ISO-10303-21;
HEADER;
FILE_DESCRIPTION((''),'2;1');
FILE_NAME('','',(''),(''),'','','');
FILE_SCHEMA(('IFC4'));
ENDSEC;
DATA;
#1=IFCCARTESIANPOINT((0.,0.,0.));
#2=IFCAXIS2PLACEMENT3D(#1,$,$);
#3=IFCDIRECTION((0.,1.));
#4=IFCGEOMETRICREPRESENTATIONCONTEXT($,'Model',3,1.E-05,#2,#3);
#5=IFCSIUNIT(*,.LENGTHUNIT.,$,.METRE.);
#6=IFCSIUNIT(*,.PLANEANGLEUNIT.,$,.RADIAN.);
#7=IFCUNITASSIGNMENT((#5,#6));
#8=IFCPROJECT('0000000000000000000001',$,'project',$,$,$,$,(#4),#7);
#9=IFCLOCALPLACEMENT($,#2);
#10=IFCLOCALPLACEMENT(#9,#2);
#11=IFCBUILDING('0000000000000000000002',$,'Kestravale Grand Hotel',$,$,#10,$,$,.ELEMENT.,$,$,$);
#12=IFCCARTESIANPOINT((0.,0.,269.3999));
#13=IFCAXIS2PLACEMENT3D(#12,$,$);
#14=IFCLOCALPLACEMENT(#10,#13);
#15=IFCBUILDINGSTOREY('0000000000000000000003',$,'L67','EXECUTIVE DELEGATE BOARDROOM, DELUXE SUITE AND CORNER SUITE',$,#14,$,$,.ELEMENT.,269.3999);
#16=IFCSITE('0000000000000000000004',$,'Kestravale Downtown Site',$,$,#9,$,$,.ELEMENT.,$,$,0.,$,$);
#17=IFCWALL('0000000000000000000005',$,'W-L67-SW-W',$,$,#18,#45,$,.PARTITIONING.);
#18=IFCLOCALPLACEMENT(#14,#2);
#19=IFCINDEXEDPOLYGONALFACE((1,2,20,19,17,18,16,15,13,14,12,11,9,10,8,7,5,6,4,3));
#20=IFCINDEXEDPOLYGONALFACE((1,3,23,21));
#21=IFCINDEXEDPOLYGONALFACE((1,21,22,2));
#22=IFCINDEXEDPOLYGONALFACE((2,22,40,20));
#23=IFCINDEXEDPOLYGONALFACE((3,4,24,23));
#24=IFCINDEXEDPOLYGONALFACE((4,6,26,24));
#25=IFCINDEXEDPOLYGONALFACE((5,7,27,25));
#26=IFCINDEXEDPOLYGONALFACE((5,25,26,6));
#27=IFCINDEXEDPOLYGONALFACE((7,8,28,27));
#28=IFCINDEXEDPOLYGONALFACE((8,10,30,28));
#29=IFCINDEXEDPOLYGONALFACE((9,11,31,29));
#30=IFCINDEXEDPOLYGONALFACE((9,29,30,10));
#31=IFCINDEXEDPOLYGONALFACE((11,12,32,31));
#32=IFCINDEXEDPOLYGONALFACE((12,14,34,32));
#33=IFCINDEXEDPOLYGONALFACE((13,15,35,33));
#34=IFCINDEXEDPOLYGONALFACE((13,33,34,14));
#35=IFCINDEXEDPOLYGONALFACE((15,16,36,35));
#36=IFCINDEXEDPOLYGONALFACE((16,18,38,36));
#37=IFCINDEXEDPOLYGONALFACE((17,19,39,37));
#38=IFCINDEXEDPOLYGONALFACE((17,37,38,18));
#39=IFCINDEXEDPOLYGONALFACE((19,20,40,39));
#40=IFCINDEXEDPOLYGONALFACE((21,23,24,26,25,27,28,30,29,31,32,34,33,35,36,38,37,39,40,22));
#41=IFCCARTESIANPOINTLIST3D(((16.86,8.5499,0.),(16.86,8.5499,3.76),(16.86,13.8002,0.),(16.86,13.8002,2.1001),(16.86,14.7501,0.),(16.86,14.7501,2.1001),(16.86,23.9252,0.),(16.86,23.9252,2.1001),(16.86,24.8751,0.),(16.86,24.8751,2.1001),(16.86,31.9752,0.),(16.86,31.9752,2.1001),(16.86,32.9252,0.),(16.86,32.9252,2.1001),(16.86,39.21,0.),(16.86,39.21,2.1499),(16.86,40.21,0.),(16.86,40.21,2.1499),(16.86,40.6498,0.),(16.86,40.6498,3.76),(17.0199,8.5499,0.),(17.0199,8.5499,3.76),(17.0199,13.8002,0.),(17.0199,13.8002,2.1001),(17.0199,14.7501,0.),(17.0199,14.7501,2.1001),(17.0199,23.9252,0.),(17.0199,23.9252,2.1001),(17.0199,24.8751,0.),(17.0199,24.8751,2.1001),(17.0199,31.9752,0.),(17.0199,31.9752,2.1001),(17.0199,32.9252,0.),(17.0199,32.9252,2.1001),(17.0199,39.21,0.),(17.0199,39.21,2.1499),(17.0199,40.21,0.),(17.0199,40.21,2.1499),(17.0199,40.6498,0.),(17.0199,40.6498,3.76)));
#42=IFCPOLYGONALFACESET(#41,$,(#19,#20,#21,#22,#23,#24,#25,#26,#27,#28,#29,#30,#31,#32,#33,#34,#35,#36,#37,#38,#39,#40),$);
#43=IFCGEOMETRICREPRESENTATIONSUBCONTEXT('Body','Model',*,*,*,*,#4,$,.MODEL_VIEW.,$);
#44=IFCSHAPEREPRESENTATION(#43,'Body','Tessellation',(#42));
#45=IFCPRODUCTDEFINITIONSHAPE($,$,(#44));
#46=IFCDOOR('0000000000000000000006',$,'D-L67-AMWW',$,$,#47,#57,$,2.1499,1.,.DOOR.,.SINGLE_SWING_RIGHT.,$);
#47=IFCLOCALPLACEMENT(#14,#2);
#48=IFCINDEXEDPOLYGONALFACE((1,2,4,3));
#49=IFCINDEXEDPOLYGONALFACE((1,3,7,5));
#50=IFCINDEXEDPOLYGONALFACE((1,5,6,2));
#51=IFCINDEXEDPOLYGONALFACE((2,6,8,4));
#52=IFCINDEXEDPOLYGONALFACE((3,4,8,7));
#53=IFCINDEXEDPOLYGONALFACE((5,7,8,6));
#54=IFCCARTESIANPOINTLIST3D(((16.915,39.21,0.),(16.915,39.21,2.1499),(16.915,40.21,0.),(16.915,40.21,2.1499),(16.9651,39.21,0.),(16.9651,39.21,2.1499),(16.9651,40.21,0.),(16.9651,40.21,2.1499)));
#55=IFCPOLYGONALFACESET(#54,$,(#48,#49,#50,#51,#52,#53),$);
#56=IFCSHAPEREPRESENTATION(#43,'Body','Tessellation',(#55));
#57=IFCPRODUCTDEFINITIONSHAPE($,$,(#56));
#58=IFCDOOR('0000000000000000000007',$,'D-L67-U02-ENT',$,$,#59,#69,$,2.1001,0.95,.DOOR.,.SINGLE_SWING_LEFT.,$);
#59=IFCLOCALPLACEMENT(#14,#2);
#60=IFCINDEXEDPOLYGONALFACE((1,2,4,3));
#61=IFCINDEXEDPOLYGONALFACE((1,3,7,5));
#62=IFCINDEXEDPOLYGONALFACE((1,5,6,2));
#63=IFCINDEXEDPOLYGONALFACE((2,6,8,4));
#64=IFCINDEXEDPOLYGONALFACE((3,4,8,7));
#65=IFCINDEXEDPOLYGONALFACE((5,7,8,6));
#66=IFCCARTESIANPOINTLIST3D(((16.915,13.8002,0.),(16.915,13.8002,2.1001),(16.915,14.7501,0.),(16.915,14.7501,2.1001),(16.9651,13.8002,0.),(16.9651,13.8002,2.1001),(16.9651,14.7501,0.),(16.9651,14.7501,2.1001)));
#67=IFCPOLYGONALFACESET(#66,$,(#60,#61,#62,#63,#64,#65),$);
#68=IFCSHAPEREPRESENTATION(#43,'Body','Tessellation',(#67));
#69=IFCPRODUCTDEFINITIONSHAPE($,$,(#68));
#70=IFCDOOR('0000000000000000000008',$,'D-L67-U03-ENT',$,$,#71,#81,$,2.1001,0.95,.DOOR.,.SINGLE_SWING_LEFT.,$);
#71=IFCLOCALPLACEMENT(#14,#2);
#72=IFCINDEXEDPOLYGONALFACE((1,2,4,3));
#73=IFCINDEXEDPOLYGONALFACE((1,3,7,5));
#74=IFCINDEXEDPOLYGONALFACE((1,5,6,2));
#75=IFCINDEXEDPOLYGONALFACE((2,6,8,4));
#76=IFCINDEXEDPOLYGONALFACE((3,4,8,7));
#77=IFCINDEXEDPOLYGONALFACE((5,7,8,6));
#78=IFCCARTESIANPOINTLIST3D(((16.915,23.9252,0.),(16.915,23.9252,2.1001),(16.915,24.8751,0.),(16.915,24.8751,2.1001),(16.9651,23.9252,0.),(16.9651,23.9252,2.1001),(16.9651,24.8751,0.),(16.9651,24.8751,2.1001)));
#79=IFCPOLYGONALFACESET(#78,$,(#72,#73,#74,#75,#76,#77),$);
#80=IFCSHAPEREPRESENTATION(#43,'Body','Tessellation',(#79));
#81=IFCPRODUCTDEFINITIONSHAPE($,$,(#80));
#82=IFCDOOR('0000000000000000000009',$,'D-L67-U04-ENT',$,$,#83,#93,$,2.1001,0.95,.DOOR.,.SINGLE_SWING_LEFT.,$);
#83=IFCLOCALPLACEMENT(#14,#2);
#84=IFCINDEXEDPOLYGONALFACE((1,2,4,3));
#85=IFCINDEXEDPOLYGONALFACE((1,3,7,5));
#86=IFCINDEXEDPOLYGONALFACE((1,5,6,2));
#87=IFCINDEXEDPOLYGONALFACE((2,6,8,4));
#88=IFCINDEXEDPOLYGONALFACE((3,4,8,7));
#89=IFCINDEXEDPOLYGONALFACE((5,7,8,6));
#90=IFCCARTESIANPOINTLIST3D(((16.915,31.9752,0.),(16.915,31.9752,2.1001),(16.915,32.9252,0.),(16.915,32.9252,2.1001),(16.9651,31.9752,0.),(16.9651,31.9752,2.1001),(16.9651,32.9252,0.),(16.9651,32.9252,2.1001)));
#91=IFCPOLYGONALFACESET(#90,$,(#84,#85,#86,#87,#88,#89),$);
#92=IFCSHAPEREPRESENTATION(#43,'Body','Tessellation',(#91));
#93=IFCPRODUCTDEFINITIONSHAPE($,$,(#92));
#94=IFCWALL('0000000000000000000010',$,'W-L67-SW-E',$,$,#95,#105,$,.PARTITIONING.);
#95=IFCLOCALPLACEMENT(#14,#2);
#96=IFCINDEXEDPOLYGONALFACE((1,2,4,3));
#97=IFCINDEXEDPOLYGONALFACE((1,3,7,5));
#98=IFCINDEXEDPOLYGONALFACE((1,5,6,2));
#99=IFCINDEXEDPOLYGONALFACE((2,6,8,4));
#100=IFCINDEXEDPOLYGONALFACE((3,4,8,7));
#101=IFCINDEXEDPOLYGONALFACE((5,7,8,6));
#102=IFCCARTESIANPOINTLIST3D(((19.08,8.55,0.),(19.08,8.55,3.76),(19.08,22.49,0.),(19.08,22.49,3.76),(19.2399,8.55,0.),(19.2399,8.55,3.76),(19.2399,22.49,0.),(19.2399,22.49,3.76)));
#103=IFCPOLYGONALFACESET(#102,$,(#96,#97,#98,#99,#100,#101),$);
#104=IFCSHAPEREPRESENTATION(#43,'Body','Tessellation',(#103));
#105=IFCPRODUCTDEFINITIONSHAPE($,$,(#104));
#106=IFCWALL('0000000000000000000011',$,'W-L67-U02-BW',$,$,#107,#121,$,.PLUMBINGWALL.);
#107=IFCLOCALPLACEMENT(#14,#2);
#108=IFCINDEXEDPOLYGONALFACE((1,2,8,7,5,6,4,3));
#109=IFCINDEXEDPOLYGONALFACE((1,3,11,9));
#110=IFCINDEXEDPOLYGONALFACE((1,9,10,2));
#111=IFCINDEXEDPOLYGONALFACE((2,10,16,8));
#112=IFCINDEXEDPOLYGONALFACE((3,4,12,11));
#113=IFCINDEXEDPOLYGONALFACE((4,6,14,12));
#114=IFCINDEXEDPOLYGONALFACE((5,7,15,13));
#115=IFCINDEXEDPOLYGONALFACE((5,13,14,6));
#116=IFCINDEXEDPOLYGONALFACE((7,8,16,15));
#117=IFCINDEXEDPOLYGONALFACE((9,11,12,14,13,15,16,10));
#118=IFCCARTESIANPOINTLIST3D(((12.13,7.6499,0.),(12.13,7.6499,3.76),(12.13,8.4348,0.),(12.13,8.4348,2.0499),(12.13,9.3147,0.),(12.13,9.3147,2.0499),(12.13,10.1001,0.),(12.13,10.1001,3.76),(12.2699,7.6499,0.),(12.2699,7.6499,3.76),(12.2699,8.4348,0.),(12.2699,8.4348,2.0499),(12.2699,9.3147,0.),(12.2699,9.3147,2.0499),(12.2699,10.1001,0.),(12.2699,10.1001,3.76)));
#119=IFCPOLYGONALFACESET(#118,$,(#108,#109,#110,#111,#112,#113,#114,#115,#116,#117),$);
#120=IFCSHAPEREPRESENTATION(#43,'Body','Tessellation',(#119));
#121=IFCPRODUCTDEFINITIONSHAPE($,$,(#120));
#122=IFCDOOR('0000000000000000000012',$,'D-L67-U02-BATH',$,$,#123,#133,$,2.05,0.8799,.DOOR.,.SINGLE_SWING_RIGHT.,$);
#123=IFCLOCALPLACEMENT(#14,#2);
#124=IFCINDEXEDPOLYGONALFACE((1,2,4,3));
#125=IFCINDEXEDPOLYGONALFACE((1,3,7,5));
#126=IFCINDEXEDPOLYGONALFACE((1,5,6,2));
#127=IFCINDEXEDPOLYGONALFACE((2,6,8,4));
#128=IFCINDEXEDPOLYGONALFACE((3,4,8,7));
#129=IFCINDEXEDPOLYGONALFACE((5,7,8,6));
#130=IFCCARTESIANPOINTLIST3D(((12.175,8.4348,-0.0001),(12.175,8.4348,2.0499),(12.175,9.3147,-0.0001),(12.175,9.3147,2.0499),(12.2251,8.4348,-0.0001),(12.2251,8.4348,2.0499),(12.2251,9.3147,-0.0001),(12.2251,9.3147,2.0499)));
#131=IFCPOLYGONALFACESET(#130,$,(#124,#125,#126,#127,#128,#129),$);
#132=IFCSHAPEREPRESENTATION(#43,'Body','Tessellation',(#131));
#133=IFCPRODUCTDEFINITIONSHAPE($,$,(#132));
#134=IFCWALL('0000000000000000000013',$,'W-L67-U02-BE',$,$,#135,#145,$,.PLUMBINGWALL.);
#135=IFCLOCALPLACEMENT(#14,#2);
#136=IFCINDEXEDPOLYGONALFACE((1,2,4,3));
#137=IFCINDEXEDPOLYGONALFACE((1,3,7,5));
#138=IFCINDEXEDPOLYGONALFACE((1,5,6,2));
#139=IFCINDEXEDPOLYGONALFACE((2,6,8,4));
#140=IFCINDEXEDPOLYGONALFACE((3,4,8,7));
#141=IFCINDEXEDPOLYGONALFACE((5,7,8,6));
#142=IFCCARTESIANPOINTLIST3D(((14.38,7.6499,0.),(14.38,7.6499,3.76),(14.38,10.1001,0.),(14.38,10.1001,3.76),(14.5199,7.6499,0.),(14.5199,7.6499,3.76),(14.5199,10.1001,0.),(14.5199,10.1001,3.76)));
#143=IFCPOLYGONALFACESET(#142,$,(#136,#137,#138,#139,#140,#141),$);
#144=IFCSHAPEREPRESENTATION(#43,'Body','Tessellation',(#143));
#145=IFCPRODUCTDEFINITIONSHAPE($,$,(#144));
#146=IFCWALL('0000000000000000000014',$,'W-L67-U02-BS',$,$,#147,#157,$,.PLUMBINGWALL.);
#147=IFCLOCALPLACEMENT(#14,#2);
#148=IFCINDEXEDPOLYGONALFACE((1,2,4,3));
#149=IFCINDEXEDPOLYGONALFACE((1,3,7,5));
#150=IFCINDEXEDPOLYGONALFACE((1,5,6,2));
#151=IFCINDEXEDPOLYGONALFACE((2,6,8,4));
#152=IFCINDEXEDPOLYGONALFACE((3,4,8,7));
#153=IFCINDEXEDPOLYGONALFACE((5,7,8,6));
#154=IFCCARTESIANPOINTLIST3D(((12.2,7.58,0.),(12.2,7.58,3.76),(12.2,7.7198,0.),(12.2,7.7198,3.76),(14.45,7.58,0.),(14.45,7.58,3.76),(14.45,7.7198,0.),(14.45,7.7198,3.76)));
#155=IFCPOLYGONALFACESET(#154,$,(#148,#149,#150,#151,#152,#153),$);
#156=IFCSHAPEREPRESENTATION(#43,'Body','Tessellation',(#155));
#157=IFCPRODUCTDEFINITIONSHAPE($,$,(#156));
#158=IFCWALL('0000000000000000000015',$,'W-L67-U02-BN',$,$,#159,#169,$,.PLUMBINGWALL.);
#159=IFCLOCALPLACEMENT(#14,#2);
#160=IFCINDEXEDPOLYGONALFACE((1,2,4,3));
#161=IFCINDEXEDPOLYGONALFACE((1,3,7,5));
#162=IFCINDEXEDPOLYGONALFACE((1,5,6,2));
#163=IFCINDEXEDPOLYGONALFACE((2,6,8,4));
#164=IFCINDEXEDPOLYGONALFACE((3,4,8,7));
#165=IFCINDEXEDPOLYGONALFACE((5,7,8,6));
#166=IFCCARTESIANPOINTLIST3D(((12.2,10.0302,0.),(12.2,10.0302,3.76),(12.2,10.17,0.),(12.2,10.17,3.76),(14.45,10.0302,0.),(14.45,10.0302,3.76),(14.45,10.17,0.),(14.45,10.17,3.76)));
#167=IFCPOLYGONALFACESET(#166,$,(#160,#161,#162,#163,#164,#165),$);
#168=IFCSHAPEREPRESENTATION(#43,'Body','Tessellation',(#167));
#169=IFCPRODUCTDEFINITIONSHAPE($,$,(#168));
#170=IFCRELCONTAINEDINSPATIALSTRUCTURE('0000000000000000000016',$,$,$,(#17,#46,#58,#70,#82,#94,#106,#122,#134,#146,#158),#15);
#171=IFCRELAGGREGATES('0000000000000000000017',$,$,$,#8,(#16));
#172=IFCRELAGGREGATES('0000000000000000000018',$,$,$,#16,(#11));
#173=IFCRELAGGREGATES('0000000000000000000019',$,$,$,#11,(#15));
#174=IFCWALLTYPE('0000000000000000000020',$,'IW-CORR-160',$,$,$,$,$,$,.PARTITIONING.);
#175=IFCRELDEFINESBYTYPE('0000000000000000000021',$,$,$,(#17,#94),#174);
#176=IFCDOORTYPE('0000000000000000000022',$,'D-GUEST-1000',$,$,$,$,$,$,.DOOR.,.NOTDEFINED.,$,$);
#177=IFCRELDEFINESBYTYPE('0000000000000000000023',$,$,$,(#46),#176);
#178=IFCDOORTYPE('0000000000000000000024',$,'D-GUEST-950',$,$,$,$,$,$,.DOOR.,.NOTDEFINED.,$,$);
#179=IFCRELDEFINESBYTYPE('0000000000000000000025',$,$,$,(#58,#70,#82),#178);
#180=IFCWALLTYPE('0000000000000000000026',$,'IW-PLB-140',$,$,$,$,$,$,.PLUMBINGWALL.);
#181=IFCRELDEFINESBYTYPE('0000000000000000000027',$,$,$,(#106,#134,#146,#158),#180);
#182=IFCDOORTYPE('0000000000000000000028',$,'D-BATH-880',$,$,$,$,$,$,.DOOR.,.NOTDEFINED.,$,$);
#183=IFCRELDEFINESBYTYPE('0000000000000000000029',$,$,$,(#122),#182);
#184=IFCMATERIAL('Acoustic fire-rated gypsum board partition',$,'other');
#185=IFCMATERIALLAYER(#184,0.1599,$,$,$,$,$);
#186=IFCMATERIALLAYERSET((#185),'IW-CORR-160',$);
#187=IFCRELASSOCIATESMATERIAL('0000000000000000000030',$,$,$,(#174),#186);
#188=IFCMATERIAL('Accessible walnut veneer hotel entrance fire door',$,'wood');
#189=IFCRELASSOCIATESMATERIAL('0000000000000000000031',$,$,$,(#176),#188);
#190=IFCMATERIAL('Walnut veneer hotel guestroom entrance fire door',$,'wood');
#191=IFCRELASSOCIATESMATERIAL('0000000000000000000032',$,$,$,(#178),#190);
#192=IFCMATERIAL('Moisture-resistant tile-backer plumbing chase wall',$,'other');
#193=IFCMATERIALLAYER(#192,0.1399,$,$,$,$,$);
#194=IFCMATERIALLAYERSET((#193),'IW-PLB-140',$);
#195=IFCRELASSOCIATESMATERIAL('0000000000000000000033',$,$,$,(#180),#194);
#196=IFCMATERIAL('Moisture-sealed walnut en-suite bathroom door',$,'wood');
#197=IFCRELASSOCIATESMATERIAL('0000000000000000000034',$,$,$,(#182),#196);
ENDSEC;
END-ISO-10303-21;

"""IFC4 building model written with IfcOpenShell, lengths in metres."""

from ifc_helpers import new_model, si_unit, direction, frame, frame_2d, origin, place, context, subcontext, project, spatial, rectangle, extrude, material, layer, layer_set, type_object, element, fill, save


model = new_model("IFC4")

# Units and contexts
model_context = context("Model", 3, precision=1e-05, world=origin(), true_north=direction((0.0, 1.0)))
body_context = subcontext(model_context, "Body", "Model", "MODEL_VIEW")
ifc_project = project(units=[si_unit("LENGTHUNIT", "METRE"), si_unit("PLANEANGLEUNIT", "RADIAN")], contexts=[model_context])

# Site, building, storey
site_placement = place(None, origin())
site = spatial("IfcSite", under=ifc_project, at=site_placement, Name="Kestravale Downtown Site", CompositionType="ELEMENT", RefElevation=0.0)
building_placement = place(site_placement, origin())
building = spatial("IfcBuilding", under=site, at=building_placement, Name="Kestravale Grand Hotel", CompositionType="ELEMENT")
storey_placement = place(building_placement, frame((0.0, 0.0, 269.3999)))
storey = spatial("IfcBuildingStorey", under=building, at=storey_placement, Name="L67", Description="EXECUTIVE DELEGATE BOARDROOM, DELUXE SUITE AND CORNER SUITE", CompositionType="ELEMENT", Elevation=269.3999)

# Wall, openings, doors
ifc_material_1 = material(Name="Acoustic fire-rated gypsum board partition", Category="other")
ifc_layer_1 = layer(ifc_material_1, 0.1599)
ifc_layer_set_1 = layer_set([ifc_layer_1], Name="IW-CORR-160")
wall_type_1 = type_object("IfcWallType", Name="IW-CORR-160", PredefinedType="PARTITIONING", material=ifc_layer_set_1)
wall_1_placement = place(storey_placement, frame((16.9399, 8.55, 0.0), z_axis=(0.0, 0.0, 1.0), x_axis=(0.0, 1.0, 0.0)))
wall_1 = element("IfcWall", 1, at=wall_1_placement, inside=storey, type_object=wall_type_1, Name="W-L67-SW-W", PredefinedType="PARTITIONING", context=body_context, shape_type="SweptSolid", body=[
    extrude(rectangle(XDim=32.0999, YDim=0.1599, at=frame_2d((16.0498, 0.0))), origin(), (0.0, 0.0, 1.0), 3.76),
])
opening_1_placement = place(wall_1_placement, frame((5.25, 0.0, 0.0)))
opening_1 = element("IfcOpeningElement", 2, at=opening_1_placement, cuts=wall_1, PredefinedType="OPENING", context=body_context, shape_type="SweptSolid", body=[
    extrude(rectangle(XDim=0.95, YDim=2.1001, at=frame_2d((0.4751, 1.05))), frame((0.0, 0.0898, 0.0), z_axis=(0.0, -1.0, 0.0), x_axis=(1.0, 0.0, 0.0)), (0.0, 0.0, 1.0), 0.1799),
])
opening_2_placement = place(wall_1_placement, frame((15.375, 0.0, 0.0)))
opening_2 = element("IfcOpeningElement", 3, at=opening_2_placement, cuts=wall_1, PredefinedType="OPENING", context=body_context, shape_type="SweptSolid", body=[
    extrude(rectangle(XDim=0.95, YDim=2.1001, at=frame_2d((0.4751, 1.05))), frame((0.0, 0.0898, 0.0), z_axis=(0.0, -1.0, 0.0), x_axis=(1.0, 0.0, 0.0)), (0.0, 0.0, 1.0), 0.1799),
])
opening_3_placement = place(wall_1_placement, frame((23.425, 0.0, 0.0)))
opening_3 = element("IfcOpeningElement", 4, at=opening_3_placement, cuts=wall_1, PredefinedType="OPENING", context=body_context, shape_type="SweptSolid", body=[
    extrude(rectangle(XDim=0.95, YDim=2.1001, at=frame_2d((0.4751, 1.05))), frame((0.0, 0.0898, 0.0), z_axis=(0.0, -1.0, 0.0), x_axis=(1.0, 0.0, 0.0)), (0.0, 0.0, 1.0), 0.1799),
])
opening_4_placement = place(wall_1_placement, frame((30.6599, 0.0, 0.0)))
opening_4 = element("IfcOpeningElement", 5, at=opening_4_placement, cuts=wall_1, PredefinedType="OPENING", context=body_context, shape_type="SweptSolid", body=[
    extrude(rectangle(XDim=1.0, YDim=2.1499, at=frame_2d((0.5, 1.075))), frame((0.0, 0.0898, 0.0), z_axis=(0.0, -1.0, 0.0), x_axis=(1.0, 0.0, 0.0)), (0.0, 0.0, 1.0), 0.1799),
])
ifc_material_2 = material(Name="Accessible walnut veneer hotel entrance fire door", Category="wood")
door_type_1 = type_object("IfcDoorType", Name="D-GUEST-1000", OperationType="NOTDEFINED", PredefinedType="DOOR", material=ifc_material_2)
door_1_placement = place(opening_4_placement, origin())
door_1 = element("IfcDoor", 6, at=door_1_placement, inside=storey, type_object=door_type_1, Name="D-L67-AMWW", OperationType="SINGLE_SWING_RIGHT", OverallHeight=2.1499, OverallWidth=1.0, PredefinedType="DOOR", context=body_context, shape_type="SweptSolid", body=[
    extrude(rectangle(XDim=1.0, YDim=2.1499, at=frame_2d((0.5, 1.075))), frame((0.0, 0.0249, 0.0), z_axis=(0.0, -1.0, 0.0), x_axis=(1.0, 0.0, 0.0)), (0.0, 0.0, 1.0), 0.05),
])
fill(opening_4, door_1)
ifc_material_3 = material(Name="Walnut veneer hotel guestroom entrance fire door", Category="wood")
door_type_2 = type_object("IfcDoorType", Name="D-GUEST-950", OperationType="NOTDEFINED", PredefinedType="DOOR", material=ifc_material_3)
door_2_placement = place(opening_1_placement, origin())
door_2 = element("IfcDoor", 7, at=door_2_placement, inside=storey, type_object=door_type_2, Name="D-L67-U02-ENT", OperationType="SINGLE_SWING_LEFT", OverallHeight=2.1001, OverallWidth=0.95, PredefinedType="DOOR", context=body_context, shape_type="SweptSolid", body=[
    extrude(rectangle(XDim=0.95, YDim=2.1001, at=frame_2d((0.4751, 1.05))), frame((0.0, 0.0249, 0.0), z_axis=(0.0, -1.0, 0.0), x_axis=(1.0, 0.0, 0.0)), (0.0, 0.0, 1.0), 0.05),
])
fill(opening_1, door_2)
door_3_placement = place(opening_2_placement, origin())
door_3 = element("IfcDoor", 8, at=door_3_placement, inside=storey, type_object=door_type_2, Name="D-L67-U03-ENT", OperationType="SINGLE_SWING_LEFT", OverallHeight=2.1001, OverallWidth=0.95, PredefinedType="DOOR", context=body_context, shape_type="SweptSolid", body=[
    extrude(rectangle(XDim=0.95, YDim=2.1001, at=frame_2d((0.4751, 1.05))), frame((0.0, 0.0249, 0.0), z_axis=(0.0, -1.0, 0.0), x_axis=(1.0, 0.0, 0.0)), (0.0, 0.0, 1.0), 0.05),
])
fill(opening_2, door_3)
door_4_placement = place(opening_3_placement, origin())
door_4 = element("IfcDoor", 9, at=door_4_placement, inside=storey, type_object=door_type_2, Name="D-L67-U04-ENT", OperationType="SINGLE_SWING_LEFT", OverallHeight=2.1001, OverallWidth=0.95, PredefinedType="DOOR", context=body_context, shape_type="SweptSolid", body=[
    extrude(rectangle(XDim=0.95, YDim=2.1001, at=frame_2d((0.4751, 1.05))), frame((0.0, 0.0249, 0.0), z_axis=(0.0, -1.0, 0.0), x_axis=(1.0, 0.0, 0.0)), (0.0, 0.0, 1.0), 0.05),
])
fill(opening_3, door_4)

# Wall
wall_2_placement = place(storey_placement, frame((19.1599, 8.55, 0.0), z_axis=(0.0, 0.0, 1.0), x_axis=(0.0, 1.0, 0.0)))
element("IfcWall", 10, at=wall_2_placement, inside=storey, type_object=wall_type_1, Name="W-L67-SW-E", PredefinedType="PARTITIONING", context=body_context, shape_type="SweptSolid", body=[
    extrude(rectangle(XDim=13.9399, YDim=0.1599, at=frame_2d((6.97, 0.0))), origin(), (0.0, 0.0, 1.0), 3.76),
])

# Wall, opening, door
ifc_material_4 = material(Name="Moisture-resistant tile-backer plumbing chase wall", Category="other")
ifc_layer_2 = layer(ifc_material_4, 0.1399)
ifc_layer_set_2 = layer_set([ifc_layer_2], Name="IW-PLB-140")
wall_type_2 = type_object("IfcWallType", Name="IW-PLB-140", PredefinedType="PLUMBINGWALL", material=ifc_layer_set_2)
wall_3_placement = place(storey_placement, frame((12.2, 7.6499, 0.0), z_axis=(0.0, 0.0, 1.0), x_axis=(0.0, 1.0, 0.0)))
wall_3 = element("IfcWall", 11, at=wall_3_placement, inside=storey, type_object=wall_type_2, Name="W-L67-U02-BW", PredefinedType="PLUMBINGWALL", context=body_context, shape_type="SweptSolid", body=[
    extrude(rectangle(XDim=2.4502, YDim=0.1399, at=frame_2d((1.2251, 0.0))), origin(), (0.0, 0.0, 1.0), 3.76),
])
opening_5_placement = place(wall_3_placement, frame((0.7849, 0.0, 0.0)))
opening_5 = element("IfcOpeningElement", 12, at=opening_5_placement, cuts=wall_3, PredefinedType="OPENING", context=body_context, shape_type="SweptSolid", body=[
    extrude(rectangle(XDim=0.8799, YDim=2.05, at=frame_2d((0.4399, 1.0249))), frame((0.0, 0.0798, 0.0), z_axis=(0.0, -1.0, 0.0), x_axis=(1.0, 0.0, 0.0)), (0.0, 0.0, 1.0), 0.1599),
])
ifc_material_5 = material(Name="Moisture-sealed walnut en-suite bathroom door", Category="wood")
door_type_3 = type_object("IfcDoorType", Name="D-BATH-880", OperationType="NOTDEFINED", PredefinedType="DOOR", material=ifc_material_5)
door_5_placement = place(opening_5_placement, origin())
door_5 = element("IfcDoor", 13, at=door_5_placement, inside=storey, type_object=door_type_3, Name="D-L67-U02-BATH", OperationType="SINGLE_SWING_RIGHT", OverallHeight=2.05, OverallWidth=0.8799, PredefinedType="DOOR", context=body_context, shape_type="SweptSolid", body=[
    extrude(rectangle(XDim=0.8799, YDim=2.05, at=frame_2d((0.4399, 1.0249))), frame((0.0, 0.0249, 0.0), z_axis=(0.0, -1.0, 0.0), x_axis=(1.0, 0.0, 0.0)), (0.0, 0.0, 1.0), 0.05),
])
fill(opening_5, door_5)

# Walls
wall_4_placement = place(storey_placement, frame((14.45, 7.6499, 0.0), z_axis=(0.0, 0.0, 1.0), x_axis=(0.0, 1.0, 0.0)))
element("IfcWall", 14, at=wall_4_placement, inside=storey, type_object=wall_type_2, Name="W-L67-U02-BE", PredefinedType="PLUMBINGWALL", context=body_context, shape_type="SweptSolid", body=[
    extrude(rectangle(XDim=2.4502, YDim=0.1399, at=frame_2d((1.2251, 0.0))), origin(), (0.0, 0.0, 1.0), 3.76),
])
for number, where, z_axis, x_axis, name in (
    (15, (12.2, 7.6499, 0.0), (0.0, 0.0, 1.0), (1.0, 0.0, 0.0), "W-L67-U02-BS"),
    (16, (12.2, 10.1001, 0.0), (0.0, 0.0, 1.0), (1.0, 0.0, 0.0), "W-L67-U02-BN"),
):
    element("IfcWall", number, at=place(storey_placement, frame(where, z_axis=z_axis, x_axis=x_axis)), inside=storey, type_object=wall_type_2, Name=name, PredefinedType="PLUMBINGWALL", context=body_context, shape_type="SweptSolid", body=[
        extrude(rectangle(XDim=2.25, YDim=0.1399, at=frame_2d((1.125, 0.0))), origin(), (0.0, 0.0, 1.0), 3.76),
    ])

save(model, "model.ifc")
